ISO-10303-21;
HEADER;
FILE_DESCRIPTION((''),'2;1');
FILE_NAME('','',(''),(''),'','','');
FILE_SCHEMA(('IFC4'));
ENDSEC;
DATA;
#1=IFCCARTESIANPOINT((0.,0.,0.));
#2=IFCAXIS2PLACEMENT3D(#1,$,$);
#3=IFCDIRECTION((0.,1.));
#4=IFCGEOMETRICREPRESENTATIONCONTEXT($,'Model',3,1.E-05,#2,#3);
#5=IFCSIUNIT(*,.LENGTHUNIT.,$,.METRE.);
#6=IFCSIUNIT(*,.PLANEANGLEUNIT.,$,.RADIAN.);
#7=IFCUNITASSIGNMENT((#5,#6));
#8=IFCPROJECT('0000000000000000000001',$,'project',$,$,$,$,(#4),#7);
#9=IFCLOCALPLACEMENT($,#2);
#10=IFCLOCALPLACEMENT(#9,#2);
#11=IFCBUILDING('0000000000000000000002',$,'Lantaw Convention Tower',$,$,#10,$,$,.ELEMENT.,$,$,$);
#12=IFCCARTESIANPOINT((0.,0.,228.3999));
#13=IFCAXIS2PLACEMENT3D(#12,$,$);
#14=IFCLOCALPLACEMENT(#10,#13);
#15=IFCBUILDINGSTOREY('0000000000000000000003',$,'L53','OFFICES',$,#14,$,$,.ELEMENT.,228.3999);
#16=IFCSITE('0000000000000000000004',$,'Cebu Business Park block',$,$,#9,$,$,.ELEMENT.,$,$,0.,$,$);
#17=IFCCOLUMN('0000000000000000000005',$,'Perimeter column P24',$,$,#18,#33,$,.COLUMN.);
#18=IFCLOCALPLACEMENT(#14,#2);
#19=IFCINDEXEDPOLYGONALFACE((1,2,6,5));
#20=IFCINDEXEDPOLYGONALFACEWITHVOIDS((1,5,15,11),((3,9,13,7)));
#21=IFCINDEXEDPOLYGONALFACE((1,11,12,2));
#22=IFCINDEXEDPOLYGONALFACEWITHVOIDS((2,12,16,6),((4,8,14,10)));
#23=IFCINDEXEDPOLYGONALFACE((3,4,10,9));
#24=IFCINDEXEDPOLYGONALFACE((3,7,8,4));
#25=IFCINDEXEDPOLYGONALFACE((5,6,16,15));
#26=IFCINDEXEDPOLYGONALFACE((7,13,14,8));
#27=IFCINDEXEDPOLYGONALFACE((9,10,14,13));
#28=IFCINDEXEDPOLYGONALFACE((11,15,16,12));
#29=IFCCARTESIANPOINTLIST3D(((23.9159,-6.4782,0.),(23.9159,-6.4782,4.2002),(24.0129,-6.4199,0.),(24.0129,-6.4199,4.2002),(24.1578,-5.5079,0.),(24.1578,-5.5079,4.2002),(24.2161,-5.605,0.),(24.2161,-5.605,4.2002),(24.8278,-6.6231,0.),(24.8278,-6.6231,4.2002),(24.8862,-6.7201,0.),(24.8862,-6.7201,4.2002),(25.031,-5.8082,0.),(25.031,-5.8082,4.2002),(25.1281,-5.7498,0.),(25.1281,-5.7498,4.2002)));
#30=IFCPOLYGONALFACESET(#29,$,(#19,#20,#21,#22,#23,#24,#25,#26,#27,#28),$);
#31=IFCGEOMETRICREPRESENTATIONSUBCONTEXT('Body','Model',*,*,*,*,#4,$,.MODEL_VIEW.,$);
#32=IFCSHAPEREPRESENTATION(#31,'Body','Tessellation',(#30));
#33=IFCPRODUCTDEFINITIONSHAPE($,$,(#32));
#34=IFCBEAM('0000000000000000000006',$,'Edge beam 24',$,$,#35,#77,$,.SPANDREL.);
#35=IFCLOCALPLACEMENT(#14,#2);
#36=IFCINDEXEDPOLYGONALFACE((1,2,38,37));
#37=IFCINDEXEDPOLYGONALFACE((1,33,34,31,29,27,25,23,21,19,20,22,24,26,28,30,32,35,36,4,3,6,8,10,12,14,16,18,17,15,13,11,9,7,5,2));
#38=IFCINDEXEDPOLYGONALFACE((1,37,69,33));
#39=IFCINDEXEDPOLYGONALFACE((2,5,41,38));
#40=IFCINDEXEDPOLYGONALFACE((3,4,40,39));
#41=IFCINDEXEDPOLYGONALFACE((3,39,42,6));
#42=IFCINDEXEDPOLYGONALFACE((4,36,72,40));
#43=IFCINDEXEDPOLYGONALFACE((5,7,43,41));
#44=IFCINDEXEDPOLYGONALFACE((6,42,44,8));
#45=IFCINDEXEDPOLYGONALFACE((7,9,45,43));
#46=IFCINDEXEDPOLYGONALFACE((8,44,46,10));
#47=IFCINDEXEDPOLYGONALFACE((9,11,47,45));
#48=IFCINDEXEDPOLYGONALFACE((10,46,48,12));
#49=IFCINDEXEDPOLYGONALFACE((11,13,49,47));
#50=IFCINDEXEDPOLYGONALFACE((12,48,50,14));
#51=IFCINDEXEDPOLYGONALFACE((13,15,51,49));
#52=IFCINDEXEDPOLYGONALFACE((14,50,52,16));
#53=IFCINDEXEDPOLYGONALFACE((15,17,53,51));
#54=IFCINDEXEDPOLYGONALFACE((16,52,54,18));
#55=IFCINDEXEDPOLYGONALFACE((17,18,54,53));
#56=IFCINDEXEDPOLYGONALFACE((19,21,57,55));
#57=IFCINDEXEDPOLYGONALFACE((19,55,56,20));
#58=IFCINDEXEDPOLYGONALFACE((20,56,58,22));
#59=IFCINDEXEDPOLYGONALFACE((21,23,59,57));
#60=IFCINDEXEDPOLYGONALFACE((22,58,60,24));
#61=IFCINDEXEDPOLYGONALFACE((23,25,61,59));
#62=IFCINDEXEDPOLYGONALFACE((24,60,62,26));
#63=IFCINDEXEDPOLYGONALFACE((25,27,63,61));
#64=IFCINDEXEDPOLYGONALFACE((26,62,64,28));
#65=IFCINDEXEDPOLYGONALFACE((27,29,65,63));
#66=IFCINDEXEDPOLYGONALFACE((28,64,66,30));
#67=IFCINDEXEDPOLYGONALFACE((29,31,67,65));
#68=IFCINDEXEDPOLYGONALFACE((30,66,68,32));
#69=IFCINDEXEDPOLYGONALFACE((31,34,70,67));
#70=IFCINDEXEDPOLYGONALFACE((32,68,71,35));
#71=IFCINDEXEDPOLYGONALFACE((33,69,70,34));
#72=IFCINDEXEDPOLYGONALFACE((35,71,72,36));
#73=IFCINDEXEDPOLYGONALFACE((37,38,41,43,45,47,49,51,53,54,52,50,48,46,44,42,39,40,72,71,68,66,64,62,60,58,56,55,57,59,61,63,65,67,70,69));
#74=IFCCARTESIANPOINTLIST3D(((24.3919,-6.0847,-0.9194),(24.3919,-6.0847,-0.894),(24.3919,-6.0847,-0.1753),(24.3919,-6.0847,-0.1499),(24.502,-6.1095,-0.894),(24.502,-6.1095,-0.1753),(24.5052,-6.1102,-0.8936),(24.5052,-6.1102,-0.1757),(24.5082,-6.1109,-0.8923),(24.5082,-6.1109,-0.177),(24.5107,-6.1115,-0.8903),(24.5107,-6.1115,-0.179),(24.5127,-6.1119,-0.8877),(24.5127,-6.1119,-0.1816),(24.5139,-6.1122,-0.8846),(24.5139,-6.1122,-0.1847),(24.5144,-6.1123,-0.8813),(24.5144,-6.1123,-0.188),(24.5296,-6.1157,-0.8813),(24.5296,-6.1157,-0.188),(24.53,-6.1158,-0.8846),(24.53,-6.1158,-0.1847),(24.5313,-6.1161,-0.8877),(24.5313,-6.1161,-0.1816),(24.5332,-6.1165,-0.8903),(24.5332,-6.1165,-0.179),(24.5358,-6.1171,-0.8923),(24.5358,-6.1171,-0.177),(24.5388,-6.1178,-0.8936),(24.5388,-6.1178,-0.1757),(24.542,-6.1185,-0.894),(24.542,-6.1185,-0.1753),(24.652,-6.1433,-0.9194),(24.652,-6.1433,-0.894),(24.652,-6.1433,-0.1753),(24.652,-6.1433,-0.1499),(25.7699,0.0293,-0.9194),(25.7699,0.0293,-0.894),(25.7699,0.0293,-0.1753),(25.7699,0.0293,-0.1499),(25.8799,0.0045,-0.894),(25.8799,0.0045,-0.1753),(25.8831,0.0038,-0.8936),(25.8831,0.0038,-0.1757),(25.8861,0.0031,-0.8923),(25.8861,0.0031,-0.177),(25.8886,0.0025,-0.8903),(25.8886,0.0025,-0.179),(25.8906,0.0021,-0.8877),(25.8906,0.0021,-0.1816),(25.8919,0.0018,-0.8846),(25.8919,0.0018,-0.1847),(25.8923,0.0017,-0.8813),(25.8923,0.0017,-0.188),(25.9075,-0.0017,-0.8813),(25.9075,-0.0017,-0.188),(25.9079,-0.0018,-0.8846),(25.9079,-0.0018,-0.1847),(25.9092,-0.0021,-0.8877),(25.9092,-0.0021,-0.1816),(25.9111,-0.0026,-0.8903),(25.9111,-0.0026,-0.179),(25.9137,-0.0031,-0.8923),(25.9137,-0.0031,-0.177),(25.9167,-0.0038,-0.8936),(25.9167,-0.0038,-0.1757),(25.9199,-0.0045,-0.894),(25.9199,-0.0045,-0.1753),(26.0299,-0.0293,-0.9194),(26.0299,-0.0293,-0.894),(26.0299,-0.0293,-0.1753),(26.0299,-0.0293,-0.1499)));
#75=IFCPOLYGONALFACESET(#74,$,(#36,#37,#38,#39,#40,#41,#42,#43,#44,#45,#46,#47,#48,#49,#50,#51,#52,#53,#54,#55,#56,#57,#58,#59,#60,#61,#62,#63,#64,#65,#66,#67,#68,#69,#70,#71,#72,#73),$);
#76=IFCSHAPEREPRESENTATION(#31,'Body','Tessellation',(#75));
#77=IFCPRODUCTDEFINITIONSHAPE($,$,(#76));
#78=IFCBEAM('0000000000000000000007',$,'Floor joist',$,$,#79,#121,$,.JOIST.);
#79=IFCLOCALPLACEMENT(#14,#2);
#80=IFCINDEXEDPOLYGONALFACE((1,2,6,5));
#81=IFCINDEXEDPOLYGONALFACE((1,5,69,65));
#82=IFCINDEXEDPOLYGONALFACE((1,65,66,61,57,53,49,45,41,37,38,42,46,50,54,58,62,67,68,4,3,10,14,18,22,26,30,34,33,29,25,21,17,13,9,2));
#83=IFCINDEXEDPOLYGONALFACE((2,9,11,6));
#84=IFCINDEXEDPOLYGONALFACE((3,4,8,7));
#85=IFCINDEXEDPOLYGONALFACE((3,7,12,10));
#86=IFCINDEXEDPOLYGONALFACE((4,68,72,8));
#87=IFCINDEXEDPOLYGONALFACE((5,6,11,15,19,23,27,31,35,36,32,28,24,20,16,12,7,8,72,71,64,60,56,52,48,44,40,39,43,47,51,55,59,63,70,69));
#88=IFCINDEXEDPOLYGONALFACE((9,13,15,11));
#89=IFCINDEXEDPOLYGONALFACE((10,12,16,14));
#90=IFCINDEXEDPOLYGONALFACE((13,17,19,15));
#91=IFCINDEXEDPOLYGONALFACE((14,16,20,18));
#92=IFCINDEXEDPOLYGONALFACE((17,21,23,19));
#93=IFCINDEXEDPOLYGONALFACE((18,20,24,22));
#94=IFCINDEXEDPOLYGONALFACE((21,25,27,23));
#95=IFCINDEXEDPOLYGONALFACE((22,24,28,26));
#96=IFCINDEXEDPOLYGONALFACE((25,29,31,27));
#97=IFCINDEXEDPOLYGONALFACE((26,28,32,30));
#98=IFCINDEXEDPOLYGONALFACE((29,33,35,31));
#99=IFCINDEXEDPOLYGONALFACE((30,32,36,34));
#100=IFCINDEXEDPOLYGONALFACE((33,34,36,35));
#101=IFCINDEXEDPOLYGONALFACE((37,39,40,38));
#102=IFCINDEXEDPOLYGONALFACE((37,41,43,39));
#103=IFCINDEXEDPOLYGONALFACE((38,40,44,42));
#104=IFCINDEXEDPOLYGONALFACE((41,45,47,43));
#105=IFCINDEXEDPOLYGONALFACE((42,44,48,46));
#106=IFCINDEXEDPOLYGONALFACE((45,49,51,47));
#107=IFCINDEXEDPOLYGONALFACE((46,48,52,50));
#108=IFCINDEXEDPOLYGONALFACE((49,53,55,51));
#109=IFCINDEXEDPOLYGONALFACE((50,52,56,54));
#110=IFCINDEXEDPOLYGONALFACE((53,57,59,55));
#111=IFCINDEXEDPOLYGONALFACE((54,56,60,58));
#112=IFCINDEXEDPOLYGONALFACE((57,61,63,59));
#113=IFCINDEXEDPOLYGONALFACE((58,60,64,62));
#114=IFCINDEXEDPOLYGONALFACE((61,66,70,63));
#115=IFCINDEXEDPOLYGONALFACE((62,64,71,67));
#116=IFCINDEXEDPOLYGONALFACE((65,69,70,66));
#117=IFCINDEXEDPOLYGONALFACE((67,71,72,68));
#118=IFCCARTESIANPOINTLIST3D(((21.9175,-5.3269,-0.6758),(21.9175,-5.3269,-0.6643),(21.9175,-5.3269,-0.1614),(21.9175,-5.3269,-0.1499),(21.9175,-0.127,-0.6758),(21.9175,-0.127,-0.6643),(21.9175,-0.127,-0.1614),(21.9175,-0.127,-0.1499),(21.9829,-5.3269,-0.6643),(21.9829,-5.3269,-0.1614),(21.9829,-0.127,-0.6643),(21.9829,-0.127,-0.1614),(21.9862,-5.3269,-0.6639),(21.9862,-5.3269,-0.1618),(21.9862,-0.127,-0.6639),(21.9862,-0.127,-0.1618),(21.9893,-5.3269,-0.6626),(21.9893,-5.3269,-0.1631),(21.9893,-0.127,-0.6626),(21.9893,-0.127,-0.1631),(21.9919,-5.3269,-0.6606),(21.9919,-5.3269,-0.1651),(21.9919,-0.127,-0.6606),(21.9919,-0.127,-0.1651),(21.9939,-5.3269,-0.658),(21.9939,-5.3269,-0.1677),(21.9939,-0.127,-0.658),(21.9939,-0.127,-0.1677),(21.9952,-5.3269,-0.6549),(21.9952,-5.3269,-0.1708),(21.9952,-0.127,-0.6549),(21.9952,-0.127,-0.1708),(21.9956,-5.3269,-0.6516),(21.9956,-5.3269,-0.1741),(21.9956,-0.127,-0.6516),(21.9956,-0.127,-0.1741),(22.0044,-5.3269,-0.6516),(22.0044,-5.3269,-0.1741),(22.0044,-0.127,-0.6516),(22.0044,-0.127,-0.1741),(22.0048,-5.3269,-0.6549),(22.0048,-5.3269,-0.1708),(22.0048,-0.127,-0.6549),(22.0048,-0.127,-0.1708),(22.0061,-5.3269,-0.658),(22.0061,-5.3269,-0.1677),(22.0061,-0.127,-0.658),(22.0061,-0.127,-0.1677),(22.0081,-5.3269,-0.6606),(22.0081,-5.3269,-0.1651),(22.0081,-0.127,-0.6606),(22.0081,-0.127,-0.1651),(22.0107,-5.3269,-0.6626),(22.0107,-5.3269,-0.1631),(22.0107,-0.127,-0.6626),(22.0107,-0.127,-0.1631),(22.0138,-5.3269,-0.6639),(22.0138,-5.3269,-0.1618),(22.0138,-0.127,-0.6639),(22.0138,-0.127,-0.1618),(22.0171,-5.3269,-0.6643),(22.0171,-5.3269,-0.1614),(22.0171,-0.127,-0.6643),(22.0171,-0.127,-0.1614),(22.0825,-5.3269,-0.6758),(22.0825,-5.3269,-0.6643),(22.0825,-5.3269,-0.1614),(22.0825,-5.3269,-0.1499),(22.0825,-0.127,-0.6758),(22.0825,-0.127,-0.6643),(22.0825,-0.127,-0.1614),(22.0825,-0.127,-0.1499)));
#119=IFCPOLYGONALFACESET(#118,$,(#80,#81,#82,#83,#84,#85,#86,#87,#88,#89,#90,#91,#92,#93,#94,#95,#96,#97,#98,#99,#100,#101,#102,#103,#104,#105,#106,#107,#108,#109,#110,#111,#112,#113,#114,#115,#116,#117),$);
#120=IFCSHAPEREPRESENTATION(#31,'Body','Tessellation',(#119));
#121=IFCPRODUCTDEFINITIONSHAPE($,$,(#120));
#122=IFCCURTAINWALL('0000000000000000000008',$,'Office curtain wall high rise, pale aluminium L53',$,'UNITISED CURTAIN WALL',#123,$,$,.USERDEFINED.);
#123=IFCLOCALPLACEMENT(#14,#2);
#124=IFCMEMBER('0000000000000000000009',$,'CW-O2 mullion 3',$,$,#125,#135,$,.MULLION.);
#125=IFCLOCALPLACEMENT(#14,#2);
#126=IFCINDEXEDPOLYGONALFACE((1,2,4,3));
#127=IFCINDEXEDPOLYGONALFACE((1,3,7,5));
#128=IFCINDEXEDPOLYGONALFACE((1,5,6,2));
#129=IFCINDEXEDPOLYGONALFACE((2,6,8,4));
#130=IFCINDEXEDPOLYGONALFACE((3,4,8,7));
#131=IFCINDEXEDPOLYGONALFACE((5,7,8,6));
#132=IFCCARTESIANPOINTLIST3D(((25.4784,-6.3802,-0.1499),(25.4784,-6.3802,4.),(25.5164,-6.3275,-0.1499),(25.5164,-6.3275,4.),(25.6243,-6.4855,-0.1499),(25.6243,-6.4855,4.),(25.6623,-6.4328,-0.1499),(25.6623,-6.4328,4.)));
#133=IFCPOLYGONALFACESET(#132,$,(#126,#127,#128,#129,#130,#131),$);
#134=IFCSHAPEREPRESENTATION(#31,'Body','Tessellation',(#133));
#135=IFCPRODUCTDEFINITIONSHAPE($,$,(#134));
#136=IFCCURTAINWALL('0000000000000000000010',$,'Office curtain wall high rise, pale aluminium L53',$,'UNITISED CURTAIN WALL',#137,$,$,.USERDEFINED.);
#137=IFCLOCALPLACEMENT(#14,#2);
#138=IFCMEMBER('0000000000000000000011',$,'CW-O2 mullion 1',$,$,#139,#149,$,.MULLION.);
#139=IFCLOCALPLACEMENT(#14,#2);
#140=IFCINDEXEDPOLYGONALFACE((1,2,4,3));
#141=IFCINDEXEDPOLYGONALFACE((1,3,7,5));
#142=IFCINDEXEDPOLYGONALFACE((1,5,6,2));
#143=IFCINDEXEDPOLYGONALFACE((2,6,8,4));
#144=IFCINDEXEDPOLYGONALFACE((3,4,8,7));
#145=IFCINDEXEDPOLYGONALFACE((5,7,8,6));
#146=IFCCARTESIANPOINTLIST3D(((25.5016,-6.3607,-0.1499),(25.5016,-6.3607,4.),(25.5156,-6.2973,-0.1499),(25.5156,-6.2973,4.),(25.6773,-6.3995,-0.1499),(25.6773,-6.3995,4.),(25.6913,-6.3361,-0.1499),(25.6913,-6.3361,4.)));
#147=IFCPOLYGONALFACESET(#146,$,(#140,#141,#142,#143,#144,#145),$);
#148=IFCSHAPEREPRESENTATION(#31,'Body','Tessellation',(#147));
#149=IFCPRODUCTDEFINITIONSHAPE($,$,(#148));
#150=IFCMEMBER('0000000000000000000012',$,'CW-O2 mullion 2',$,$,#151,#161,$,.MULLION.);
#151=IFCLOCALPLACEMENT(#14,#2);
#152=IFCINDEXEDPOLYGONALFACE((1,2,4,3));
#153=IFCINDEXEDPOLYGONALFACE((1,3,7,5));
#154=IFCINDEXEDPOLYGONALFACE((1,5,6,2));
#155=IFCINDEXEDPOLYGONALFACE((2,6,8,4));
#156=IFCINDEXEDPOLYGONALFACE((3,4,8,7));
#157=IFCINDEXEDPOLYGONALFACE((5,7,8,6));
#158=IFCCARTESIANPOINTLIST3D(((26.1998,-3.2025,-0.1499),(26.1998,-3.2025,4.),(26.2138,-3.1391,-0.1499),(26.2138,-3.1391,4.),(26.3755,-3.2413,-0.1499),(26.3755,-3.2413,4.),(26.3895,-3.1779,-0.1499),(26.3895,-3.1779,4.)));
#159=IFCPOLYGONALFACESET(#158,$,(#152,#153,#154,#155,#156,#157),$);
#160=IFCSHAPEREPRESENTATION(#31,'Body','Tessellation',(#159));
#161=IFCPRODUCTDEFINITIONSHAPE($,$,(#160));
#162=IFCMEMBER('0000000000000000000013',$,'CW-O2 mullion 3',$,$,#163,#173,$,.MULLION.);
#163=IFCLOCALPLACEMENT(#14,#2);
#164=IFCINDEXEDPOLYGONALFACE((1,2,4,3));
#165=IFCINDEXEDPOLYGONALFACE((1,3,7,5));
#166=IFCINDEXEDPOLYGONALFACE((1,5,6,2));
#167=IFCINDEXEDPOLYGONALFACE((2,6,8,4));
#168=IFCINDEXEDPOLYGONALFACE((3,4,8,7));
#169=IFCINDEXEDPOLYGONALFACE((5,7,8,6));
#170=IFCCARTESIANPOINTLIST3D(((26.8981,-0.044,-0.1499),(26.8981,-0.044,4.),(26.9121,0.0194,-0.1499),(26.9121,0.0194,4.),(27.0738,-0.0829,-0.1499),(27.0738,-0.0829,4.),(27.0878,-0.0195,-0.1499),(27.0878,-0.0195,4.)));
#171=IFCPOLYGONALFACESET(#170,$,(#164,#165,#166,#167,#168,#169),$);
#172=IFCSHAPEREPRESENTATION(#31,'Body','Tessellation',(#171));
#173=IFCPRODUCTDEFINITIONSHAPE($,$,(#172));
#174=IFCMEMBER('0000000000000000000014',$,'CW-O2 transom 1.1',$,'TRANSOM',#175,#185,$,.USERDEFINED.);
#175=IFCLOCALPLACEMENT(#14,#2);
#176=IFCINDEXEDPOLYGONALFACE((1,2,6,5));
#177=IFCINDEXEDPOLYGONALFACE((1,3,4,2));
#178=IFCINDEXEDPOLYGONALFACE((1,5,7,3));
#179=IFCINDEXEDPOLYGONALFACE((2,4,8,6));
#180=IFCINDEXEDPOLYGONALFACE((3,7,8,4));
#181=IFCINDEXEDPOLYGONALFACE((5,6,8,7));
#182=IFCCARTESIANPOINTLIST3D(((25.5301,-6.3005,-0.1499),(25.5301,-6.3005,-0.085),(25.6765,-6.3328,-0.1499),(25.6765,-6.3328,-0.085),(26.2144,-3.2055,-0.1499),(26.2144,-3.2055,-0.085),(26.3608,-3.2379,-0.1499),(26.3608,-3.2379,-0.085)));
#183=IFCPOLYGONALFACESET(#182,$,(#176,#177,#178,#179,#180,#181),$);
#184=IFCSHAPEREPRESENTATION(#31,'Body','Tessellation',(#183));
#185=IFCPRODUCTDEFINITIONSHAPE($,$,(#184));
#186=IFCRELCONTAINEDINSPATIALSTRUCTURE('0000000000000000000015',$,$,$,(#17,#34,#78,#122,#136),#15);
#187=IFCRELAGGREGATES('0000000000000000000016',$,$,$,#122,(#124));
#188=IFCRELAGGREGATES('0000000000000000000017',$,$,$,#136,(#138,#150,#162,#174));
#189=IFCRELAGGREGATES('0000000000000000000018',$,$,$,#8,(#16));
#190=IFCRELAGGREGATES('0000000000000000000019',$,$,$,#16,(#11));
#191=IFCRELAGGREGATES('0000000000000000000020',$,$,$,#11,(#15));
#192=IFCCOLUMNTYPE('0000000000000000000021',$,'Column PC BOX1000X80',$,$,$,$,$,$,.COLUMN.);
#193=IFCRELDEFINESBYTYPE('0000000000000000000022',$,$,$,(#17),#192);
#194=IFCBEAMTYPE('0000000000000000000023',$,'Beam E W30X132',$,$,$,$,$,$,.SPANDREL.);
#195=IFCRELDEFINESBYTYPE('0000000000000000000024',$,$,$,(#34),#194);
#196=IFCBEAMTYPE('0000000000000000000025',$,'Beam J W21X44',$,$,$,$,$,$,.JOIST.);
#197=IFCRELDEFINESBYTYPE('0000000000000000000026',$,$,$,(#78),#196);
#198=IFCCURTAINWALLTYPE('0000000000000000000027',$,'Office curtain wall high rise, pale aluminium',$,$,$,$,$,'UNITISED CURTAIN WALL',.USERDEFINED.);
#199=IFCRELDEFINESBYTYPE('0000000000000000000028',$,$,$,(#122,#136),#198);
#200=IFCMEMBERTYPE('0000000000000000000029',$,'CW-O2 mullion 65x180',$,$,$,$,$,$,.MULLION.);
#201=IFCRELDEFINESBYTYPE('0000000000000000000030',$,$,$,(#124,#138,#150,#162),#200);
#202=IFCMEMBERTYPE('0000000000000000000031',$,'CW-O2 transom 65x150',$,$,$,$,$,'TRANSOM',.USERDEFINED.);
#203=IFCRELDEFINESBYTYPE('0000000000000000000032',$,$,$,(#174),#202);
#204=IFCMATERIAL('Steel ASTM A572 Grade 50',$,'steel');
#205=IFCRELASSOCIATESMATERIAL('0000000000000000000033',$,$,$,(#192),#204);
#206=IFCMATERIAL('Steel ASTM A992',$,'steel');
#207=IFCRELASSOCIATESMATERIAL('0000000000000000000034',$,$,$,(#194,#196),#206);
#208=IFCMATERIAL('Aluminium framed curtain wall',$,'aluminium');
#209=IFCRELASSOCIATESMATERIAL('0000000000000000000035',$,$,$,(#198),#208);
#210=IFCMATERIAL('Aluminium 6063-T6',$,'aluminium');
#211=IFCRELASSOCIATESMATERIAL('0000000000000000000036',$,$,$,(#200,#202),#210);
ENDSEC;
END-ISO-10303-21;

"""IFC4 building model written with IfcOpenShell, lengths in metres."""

from ifc_helpers import new_model, si_unit, direction, frame, origin, origin_2d, place, context, subcontext, project, spatial, rectangle, hollow_rectangle, i_section, extrude, material, material_profile, profile_set, type_object, element, aggregate, save


model = new_model("IFC4")

# Units and contexts
model_context = context("Model", 3, precision=1e-05, world=origin(), true_north=direction((0.0, 1.0)))
body_context = subcontext(model_context, "Body", "Model", "MODEL_VIEW")
ifc_project = project(units=[si_unit("LENGTHUNIT", "METRE"), si_unit("PLANEANGLEUNIT", "RADIAN")], contexts=[model_context])

# Site, building, storey
site_placement = place(None, origin())
site = spatial("IfcSite", under=ifc_project, at=site_placement, Name="Cebu Business Park block", CompositionType="ELEMENT", RefElevation=0.0)
building_placement = place(site_placement, origin())
building = spatial("IfcBuilding", under=site, at=building_placement, Name="Lantaw Convention Tower", CompositionType="ELEMENT")
storey_placement = place(building_placement, frame((0.0, 0.0, 228.3999)))
storey = spatial("IfcBuildingStorey", under=building, at=storey_placement, Name="L53", Description="OFFICES", CompositionType="ELEMENT", Elevation=228.3999)

# Column
ifc_material_1 = material(Name="Steel ASTM A572 Grade 50", Category="steel")
ifc_material_profile_1 = material_profile(ifc_material_1, hollow_rectangle(XDim=1.0, YDim=1.0, WallThickness=0.0801, at=origin_2d()), Name="BOX1000X80")
ifc_material_2 = material(Name="Concrete C60/75", Category="concrete")
ifc_material_profile_2 = material_profile(ifc_material_2, rectangle(XDim=0.8401, YDim=0.8401, at=origin_2d()), Name="Concrete fill of BOX1000X80")
ifc_profile_set_1 = profile_set([ifc_material_profile_1, ifc_material_profile_2], Name="Steel ASTM A572 Grade 50")
column_type = type_object("IfcColumnType", Name="Column PC BOX1000X80", PredefinedType="COLUMN", material=ifc_profile_set_1)
column_placement = place(storey_placement, frame((24.522, -6.114, 0.0), z_axis=(0.0, 0.0, 1.0), x_axis=(0.241922, 0.970296, 0.0)))
element("IfcColumn", 1, at=column_placement, inside=storey, type_object=column_type, Name="Perimeter column P24", PredefinedType="COLUMN", context=body_context, shape_type="SweptSolid", body=[
    extrude(hollow_rectangle(XDim=1.0, YDim=1.0, WallThickness=0.0801, at=origin_2d()), origin(), (0.0, 0.0, 1.0), 4.2002),
])

# Beams
ifc_material_3 = material(Name="Steel ASTM A992", Category="steel")
ifc_material_profile_3 = material_profile(ifc_material_3, i_section(OverallWidth=0.2666, OverallDepth=0.7695, WebThickness=0.0156, FlangeThickness=0.0254, FilletRadius=0.0127, at=origin_2d()), Name="W30X132")
ifc_profile_set_2 = profile_set([ifc_material_profile_3], Name="Steel ASTM A992")
beam_type_1 = type_object("IfcBeamType", Name="Beam E W30X132", PredefinedType="SPANDREL", material=ifc_profile_set_2)
beam_1_placement = place(storey_placement, frame((24.522, -6.114, -0.5347), z_axis=(0.219858, 0.975532, 0.0), x_axis=(-0.975532, 0.219858, 0.0)))
element("IfcBeam", 2, at=beam_1_placement, inside=storey, type_object=beam_type_1, Name="Edge beam 24", PredefinedType="SPANDREL", context=body_context, shape_type="SweptSolid", body=[
    extrude(i_section(OverallWidth=0.2666, OverallDepth=0.7695, WebThickness=0.0156, FlangeThickness=0.0254, FilletRadius=0.0127, at=origin_2d()), origin(), (0.0, 0.0, 1.0), 6.2673),
])
ifc_material_profile_4 = material_profile(ifc_material_3, i_section(OverallWidth=0.165, OverallDepth=0.5259, WebThickness=0.0088, FlangeThickness=0.0115, FilletRadius=0.0127, at=origin_2d()), Name="W21X44")
ifc_profile_set_3 = profile_set([ifc_material_profile_4], Name="Steel ASTM A992")
beam_type_2 = type_object("IfcBeamType", Name="Beam J W21X44", PredefinedType="JOIST", material=ifc_profile_set_3)
beam_2_placement = place(storey_placement, frame((22.0, -5.3269, -0.4128), z_axis=(0.0, 1.0, 0.0), x_axis=(-1.0, 0.0, 0.0)))
element("IfcBeam", 3, at=beam_2_placement, inside=storey, type_object=beam_type_2, Name="Floor joist", PredefinedType="JOIST", context=body_context, shape_type="SweptSolid", body=[
    extrude(i_section(OverallWidth=0.165, OverallDepth=0.5259, WebThickness=0.0088, FlangeThickness=0.0115, FilletRadius=0.0127, at=origin_2d()), origin(), (0.0, 0.0, 1.0), 5.2),
])

# Curtain wall, member
ifc_material_4 = material(Name="Aluminium framed curtain wall", Category="aluminium")
curtain_wall_type = type_object("IfcCurtainWallType", Name="Office curtain wall high rise, pale aluminium", ElementType="UNITISED CURTAIN WALL", PredefinedType="USERDEFINED", material=ifc_material_4)
curtain_wall_1_placement = place(storey_placement, origin())
curtain_wall_1 = element("IfcCurtainWall", 4, at=curtain_wall_1_placement, inside=storey, type_object=curtain_wall_type, Name="Office curtain wall high rise, pale aluminium L53", ObjectType="UNITISED CURTAIN WALL", PredefinedType="USERDEFINED")
ifc_material_5 = material(Name="Aluminium 6063-T6", Category="aluminium")
ifc_material_profile_5 = material_profile(ifc_material_5, rectangle(XDim=0.1799, YDim=0.0649, at=origin_2d()), Name="CW-O2 mullion 65x180")
ifc_profile_set_4 = profile_set([ifc_material_profile_5], Name="Aluminium 6063-T6")
member_type_1 = type_object("IfcMemberType", Name="CW-O2 mullion 65x180", PredefinedType="MULLION", material=ifc_profile_set_4)
member_1_placement = place(storey_placement, frame((25.5703, -6.4065, -0.1499), z_axis=(0.0, 0.0, 1.0), x_axis=(-0.81092, 0.585158, 0.0)))
member_1 = element("IfcMember", 5, at=member_1_placement, type_object=member_type_1, Name="CW-O2 mullion 3", PredefinedType="MULLION", context=body_context, shape_type="SweptSolid", body=[
    extrude(rectangle(XDim=0.1799, YDim=0.0649, at=origin_2d()), origin(), (0.0, 0.0, 1.0), 4.1499),
])

# Curtain wall, members
curtain_wall_2_placement = place(storey_placement, origin())
curtain_wall_2 = element("IfcCurtainWall", 6, at=curtain_wall_2_placement, inside=storey, type_object=curtain_wall_type, Name="Office curtain wall high rise, pale aluminium L53", ObjectType="UNITISED CURTAIN WALL", PredefinedType="USERDEFINED")
member_2_placement = place(storey_placement, frame((25.5964, -6.3484, -0.1499), z_axis=(0.0, 0.0, 1.0), x_axis=(-0.976417, 0.215891, 0.0)))
member_2 = element("IfcMember", 7, at=member_2_placement, type_object=member_type_1, Name="CW-O2 mullion 1", PredefinedType="MULLION", context=body_context, shape_type="SweptSolid", body=[
    extrude(rectangle(XDim=0.1799, YDim=0.0649, at=origin_2d()), origin(), (0.0, 0.0, 1.0), 4.1499),
])
member_3_placement = place(storey_placement, frame((26.2947, -3.1902, -0.1499), z_axis=(0.0, 0.0, 1.0), x_axis=(-0.976417, 0.215891, 0.0)))
member_3 = element("IfcMember", 8, at=member_3_placement, type_object=member_type_1, Name="CW-O2 mullion 2", PredefinedType="MULLION", context=body_context, shape_type="SweptSolid", body=[
    extrude(rectangle(XDim=0.1799, YDim=0.0649, at=origin_2d()), origin(), (0.0, 0.0, 1.0), 4.1499),
])
member_4_placement = place(storey_placement, frame((26.9929, -0.0317, -0.1499), z_axis=(0.0, 0.0, 1.0), x_axis=(-0.976417, 0.215891, 0.0)))
member_4 = element("IfcMember", 9, at=member_4_placement, type_object=member_type_1, Name="CW-O2 mullion 3", PredefinedType="MULLION", context=body_context, shape_type="SweptSolid", body=[
    extrude(rectangle(XDim=0.1799, YDim=0.0649, at=origin_2d()), origin(), (0.0, 0.0, 1.0), 4.1499),
])
ifc_material_profile_6 = material_profile(ifc_material_5, rectangle(XDim=0.1499, YDim=0.0649, at=origin_2d()), Name="CW-O2 transom 65x150")
ifc_profile_set_5 = profile_set([ifc_material_profile_6], Name="Aluminium 6063-T6")
member_type_2 = type_object("IfcMemberType", Name="CW-O2 transom 65x150", ElementType="TRANSOM", PredefinedType="USERDEFINED", material=ifc_profile_set_5)
member_5_placement = place(storey_placement, frame((25.6033, -6.3167, -0.1174), z_axis=(0.215895, 0.976417, 0.0), x_axis=(-0.976417, 0.215895, 0.0)))
member_5 = element("IfcMember", 10, at=member_5_placement, type_object=member_type_2, Name="CW-O2 transom 1.1", ObjectType="TRANSOM", PredefinedType="USERDEFINED", context=body_context, shape_type="SweptSolid", body=[
    extrude(rectangle(XDim=0.1499, YDim=0.0649, at=origin_2d()), origin(), (0.0, 0.0, 1.0), 3.1697),
])

aggregate(curtain_wall_1, [member_1])
aggregate(curtain_wall_2, [member_2, member_3, member_4, member_5])

save(model, "model.ifc")
